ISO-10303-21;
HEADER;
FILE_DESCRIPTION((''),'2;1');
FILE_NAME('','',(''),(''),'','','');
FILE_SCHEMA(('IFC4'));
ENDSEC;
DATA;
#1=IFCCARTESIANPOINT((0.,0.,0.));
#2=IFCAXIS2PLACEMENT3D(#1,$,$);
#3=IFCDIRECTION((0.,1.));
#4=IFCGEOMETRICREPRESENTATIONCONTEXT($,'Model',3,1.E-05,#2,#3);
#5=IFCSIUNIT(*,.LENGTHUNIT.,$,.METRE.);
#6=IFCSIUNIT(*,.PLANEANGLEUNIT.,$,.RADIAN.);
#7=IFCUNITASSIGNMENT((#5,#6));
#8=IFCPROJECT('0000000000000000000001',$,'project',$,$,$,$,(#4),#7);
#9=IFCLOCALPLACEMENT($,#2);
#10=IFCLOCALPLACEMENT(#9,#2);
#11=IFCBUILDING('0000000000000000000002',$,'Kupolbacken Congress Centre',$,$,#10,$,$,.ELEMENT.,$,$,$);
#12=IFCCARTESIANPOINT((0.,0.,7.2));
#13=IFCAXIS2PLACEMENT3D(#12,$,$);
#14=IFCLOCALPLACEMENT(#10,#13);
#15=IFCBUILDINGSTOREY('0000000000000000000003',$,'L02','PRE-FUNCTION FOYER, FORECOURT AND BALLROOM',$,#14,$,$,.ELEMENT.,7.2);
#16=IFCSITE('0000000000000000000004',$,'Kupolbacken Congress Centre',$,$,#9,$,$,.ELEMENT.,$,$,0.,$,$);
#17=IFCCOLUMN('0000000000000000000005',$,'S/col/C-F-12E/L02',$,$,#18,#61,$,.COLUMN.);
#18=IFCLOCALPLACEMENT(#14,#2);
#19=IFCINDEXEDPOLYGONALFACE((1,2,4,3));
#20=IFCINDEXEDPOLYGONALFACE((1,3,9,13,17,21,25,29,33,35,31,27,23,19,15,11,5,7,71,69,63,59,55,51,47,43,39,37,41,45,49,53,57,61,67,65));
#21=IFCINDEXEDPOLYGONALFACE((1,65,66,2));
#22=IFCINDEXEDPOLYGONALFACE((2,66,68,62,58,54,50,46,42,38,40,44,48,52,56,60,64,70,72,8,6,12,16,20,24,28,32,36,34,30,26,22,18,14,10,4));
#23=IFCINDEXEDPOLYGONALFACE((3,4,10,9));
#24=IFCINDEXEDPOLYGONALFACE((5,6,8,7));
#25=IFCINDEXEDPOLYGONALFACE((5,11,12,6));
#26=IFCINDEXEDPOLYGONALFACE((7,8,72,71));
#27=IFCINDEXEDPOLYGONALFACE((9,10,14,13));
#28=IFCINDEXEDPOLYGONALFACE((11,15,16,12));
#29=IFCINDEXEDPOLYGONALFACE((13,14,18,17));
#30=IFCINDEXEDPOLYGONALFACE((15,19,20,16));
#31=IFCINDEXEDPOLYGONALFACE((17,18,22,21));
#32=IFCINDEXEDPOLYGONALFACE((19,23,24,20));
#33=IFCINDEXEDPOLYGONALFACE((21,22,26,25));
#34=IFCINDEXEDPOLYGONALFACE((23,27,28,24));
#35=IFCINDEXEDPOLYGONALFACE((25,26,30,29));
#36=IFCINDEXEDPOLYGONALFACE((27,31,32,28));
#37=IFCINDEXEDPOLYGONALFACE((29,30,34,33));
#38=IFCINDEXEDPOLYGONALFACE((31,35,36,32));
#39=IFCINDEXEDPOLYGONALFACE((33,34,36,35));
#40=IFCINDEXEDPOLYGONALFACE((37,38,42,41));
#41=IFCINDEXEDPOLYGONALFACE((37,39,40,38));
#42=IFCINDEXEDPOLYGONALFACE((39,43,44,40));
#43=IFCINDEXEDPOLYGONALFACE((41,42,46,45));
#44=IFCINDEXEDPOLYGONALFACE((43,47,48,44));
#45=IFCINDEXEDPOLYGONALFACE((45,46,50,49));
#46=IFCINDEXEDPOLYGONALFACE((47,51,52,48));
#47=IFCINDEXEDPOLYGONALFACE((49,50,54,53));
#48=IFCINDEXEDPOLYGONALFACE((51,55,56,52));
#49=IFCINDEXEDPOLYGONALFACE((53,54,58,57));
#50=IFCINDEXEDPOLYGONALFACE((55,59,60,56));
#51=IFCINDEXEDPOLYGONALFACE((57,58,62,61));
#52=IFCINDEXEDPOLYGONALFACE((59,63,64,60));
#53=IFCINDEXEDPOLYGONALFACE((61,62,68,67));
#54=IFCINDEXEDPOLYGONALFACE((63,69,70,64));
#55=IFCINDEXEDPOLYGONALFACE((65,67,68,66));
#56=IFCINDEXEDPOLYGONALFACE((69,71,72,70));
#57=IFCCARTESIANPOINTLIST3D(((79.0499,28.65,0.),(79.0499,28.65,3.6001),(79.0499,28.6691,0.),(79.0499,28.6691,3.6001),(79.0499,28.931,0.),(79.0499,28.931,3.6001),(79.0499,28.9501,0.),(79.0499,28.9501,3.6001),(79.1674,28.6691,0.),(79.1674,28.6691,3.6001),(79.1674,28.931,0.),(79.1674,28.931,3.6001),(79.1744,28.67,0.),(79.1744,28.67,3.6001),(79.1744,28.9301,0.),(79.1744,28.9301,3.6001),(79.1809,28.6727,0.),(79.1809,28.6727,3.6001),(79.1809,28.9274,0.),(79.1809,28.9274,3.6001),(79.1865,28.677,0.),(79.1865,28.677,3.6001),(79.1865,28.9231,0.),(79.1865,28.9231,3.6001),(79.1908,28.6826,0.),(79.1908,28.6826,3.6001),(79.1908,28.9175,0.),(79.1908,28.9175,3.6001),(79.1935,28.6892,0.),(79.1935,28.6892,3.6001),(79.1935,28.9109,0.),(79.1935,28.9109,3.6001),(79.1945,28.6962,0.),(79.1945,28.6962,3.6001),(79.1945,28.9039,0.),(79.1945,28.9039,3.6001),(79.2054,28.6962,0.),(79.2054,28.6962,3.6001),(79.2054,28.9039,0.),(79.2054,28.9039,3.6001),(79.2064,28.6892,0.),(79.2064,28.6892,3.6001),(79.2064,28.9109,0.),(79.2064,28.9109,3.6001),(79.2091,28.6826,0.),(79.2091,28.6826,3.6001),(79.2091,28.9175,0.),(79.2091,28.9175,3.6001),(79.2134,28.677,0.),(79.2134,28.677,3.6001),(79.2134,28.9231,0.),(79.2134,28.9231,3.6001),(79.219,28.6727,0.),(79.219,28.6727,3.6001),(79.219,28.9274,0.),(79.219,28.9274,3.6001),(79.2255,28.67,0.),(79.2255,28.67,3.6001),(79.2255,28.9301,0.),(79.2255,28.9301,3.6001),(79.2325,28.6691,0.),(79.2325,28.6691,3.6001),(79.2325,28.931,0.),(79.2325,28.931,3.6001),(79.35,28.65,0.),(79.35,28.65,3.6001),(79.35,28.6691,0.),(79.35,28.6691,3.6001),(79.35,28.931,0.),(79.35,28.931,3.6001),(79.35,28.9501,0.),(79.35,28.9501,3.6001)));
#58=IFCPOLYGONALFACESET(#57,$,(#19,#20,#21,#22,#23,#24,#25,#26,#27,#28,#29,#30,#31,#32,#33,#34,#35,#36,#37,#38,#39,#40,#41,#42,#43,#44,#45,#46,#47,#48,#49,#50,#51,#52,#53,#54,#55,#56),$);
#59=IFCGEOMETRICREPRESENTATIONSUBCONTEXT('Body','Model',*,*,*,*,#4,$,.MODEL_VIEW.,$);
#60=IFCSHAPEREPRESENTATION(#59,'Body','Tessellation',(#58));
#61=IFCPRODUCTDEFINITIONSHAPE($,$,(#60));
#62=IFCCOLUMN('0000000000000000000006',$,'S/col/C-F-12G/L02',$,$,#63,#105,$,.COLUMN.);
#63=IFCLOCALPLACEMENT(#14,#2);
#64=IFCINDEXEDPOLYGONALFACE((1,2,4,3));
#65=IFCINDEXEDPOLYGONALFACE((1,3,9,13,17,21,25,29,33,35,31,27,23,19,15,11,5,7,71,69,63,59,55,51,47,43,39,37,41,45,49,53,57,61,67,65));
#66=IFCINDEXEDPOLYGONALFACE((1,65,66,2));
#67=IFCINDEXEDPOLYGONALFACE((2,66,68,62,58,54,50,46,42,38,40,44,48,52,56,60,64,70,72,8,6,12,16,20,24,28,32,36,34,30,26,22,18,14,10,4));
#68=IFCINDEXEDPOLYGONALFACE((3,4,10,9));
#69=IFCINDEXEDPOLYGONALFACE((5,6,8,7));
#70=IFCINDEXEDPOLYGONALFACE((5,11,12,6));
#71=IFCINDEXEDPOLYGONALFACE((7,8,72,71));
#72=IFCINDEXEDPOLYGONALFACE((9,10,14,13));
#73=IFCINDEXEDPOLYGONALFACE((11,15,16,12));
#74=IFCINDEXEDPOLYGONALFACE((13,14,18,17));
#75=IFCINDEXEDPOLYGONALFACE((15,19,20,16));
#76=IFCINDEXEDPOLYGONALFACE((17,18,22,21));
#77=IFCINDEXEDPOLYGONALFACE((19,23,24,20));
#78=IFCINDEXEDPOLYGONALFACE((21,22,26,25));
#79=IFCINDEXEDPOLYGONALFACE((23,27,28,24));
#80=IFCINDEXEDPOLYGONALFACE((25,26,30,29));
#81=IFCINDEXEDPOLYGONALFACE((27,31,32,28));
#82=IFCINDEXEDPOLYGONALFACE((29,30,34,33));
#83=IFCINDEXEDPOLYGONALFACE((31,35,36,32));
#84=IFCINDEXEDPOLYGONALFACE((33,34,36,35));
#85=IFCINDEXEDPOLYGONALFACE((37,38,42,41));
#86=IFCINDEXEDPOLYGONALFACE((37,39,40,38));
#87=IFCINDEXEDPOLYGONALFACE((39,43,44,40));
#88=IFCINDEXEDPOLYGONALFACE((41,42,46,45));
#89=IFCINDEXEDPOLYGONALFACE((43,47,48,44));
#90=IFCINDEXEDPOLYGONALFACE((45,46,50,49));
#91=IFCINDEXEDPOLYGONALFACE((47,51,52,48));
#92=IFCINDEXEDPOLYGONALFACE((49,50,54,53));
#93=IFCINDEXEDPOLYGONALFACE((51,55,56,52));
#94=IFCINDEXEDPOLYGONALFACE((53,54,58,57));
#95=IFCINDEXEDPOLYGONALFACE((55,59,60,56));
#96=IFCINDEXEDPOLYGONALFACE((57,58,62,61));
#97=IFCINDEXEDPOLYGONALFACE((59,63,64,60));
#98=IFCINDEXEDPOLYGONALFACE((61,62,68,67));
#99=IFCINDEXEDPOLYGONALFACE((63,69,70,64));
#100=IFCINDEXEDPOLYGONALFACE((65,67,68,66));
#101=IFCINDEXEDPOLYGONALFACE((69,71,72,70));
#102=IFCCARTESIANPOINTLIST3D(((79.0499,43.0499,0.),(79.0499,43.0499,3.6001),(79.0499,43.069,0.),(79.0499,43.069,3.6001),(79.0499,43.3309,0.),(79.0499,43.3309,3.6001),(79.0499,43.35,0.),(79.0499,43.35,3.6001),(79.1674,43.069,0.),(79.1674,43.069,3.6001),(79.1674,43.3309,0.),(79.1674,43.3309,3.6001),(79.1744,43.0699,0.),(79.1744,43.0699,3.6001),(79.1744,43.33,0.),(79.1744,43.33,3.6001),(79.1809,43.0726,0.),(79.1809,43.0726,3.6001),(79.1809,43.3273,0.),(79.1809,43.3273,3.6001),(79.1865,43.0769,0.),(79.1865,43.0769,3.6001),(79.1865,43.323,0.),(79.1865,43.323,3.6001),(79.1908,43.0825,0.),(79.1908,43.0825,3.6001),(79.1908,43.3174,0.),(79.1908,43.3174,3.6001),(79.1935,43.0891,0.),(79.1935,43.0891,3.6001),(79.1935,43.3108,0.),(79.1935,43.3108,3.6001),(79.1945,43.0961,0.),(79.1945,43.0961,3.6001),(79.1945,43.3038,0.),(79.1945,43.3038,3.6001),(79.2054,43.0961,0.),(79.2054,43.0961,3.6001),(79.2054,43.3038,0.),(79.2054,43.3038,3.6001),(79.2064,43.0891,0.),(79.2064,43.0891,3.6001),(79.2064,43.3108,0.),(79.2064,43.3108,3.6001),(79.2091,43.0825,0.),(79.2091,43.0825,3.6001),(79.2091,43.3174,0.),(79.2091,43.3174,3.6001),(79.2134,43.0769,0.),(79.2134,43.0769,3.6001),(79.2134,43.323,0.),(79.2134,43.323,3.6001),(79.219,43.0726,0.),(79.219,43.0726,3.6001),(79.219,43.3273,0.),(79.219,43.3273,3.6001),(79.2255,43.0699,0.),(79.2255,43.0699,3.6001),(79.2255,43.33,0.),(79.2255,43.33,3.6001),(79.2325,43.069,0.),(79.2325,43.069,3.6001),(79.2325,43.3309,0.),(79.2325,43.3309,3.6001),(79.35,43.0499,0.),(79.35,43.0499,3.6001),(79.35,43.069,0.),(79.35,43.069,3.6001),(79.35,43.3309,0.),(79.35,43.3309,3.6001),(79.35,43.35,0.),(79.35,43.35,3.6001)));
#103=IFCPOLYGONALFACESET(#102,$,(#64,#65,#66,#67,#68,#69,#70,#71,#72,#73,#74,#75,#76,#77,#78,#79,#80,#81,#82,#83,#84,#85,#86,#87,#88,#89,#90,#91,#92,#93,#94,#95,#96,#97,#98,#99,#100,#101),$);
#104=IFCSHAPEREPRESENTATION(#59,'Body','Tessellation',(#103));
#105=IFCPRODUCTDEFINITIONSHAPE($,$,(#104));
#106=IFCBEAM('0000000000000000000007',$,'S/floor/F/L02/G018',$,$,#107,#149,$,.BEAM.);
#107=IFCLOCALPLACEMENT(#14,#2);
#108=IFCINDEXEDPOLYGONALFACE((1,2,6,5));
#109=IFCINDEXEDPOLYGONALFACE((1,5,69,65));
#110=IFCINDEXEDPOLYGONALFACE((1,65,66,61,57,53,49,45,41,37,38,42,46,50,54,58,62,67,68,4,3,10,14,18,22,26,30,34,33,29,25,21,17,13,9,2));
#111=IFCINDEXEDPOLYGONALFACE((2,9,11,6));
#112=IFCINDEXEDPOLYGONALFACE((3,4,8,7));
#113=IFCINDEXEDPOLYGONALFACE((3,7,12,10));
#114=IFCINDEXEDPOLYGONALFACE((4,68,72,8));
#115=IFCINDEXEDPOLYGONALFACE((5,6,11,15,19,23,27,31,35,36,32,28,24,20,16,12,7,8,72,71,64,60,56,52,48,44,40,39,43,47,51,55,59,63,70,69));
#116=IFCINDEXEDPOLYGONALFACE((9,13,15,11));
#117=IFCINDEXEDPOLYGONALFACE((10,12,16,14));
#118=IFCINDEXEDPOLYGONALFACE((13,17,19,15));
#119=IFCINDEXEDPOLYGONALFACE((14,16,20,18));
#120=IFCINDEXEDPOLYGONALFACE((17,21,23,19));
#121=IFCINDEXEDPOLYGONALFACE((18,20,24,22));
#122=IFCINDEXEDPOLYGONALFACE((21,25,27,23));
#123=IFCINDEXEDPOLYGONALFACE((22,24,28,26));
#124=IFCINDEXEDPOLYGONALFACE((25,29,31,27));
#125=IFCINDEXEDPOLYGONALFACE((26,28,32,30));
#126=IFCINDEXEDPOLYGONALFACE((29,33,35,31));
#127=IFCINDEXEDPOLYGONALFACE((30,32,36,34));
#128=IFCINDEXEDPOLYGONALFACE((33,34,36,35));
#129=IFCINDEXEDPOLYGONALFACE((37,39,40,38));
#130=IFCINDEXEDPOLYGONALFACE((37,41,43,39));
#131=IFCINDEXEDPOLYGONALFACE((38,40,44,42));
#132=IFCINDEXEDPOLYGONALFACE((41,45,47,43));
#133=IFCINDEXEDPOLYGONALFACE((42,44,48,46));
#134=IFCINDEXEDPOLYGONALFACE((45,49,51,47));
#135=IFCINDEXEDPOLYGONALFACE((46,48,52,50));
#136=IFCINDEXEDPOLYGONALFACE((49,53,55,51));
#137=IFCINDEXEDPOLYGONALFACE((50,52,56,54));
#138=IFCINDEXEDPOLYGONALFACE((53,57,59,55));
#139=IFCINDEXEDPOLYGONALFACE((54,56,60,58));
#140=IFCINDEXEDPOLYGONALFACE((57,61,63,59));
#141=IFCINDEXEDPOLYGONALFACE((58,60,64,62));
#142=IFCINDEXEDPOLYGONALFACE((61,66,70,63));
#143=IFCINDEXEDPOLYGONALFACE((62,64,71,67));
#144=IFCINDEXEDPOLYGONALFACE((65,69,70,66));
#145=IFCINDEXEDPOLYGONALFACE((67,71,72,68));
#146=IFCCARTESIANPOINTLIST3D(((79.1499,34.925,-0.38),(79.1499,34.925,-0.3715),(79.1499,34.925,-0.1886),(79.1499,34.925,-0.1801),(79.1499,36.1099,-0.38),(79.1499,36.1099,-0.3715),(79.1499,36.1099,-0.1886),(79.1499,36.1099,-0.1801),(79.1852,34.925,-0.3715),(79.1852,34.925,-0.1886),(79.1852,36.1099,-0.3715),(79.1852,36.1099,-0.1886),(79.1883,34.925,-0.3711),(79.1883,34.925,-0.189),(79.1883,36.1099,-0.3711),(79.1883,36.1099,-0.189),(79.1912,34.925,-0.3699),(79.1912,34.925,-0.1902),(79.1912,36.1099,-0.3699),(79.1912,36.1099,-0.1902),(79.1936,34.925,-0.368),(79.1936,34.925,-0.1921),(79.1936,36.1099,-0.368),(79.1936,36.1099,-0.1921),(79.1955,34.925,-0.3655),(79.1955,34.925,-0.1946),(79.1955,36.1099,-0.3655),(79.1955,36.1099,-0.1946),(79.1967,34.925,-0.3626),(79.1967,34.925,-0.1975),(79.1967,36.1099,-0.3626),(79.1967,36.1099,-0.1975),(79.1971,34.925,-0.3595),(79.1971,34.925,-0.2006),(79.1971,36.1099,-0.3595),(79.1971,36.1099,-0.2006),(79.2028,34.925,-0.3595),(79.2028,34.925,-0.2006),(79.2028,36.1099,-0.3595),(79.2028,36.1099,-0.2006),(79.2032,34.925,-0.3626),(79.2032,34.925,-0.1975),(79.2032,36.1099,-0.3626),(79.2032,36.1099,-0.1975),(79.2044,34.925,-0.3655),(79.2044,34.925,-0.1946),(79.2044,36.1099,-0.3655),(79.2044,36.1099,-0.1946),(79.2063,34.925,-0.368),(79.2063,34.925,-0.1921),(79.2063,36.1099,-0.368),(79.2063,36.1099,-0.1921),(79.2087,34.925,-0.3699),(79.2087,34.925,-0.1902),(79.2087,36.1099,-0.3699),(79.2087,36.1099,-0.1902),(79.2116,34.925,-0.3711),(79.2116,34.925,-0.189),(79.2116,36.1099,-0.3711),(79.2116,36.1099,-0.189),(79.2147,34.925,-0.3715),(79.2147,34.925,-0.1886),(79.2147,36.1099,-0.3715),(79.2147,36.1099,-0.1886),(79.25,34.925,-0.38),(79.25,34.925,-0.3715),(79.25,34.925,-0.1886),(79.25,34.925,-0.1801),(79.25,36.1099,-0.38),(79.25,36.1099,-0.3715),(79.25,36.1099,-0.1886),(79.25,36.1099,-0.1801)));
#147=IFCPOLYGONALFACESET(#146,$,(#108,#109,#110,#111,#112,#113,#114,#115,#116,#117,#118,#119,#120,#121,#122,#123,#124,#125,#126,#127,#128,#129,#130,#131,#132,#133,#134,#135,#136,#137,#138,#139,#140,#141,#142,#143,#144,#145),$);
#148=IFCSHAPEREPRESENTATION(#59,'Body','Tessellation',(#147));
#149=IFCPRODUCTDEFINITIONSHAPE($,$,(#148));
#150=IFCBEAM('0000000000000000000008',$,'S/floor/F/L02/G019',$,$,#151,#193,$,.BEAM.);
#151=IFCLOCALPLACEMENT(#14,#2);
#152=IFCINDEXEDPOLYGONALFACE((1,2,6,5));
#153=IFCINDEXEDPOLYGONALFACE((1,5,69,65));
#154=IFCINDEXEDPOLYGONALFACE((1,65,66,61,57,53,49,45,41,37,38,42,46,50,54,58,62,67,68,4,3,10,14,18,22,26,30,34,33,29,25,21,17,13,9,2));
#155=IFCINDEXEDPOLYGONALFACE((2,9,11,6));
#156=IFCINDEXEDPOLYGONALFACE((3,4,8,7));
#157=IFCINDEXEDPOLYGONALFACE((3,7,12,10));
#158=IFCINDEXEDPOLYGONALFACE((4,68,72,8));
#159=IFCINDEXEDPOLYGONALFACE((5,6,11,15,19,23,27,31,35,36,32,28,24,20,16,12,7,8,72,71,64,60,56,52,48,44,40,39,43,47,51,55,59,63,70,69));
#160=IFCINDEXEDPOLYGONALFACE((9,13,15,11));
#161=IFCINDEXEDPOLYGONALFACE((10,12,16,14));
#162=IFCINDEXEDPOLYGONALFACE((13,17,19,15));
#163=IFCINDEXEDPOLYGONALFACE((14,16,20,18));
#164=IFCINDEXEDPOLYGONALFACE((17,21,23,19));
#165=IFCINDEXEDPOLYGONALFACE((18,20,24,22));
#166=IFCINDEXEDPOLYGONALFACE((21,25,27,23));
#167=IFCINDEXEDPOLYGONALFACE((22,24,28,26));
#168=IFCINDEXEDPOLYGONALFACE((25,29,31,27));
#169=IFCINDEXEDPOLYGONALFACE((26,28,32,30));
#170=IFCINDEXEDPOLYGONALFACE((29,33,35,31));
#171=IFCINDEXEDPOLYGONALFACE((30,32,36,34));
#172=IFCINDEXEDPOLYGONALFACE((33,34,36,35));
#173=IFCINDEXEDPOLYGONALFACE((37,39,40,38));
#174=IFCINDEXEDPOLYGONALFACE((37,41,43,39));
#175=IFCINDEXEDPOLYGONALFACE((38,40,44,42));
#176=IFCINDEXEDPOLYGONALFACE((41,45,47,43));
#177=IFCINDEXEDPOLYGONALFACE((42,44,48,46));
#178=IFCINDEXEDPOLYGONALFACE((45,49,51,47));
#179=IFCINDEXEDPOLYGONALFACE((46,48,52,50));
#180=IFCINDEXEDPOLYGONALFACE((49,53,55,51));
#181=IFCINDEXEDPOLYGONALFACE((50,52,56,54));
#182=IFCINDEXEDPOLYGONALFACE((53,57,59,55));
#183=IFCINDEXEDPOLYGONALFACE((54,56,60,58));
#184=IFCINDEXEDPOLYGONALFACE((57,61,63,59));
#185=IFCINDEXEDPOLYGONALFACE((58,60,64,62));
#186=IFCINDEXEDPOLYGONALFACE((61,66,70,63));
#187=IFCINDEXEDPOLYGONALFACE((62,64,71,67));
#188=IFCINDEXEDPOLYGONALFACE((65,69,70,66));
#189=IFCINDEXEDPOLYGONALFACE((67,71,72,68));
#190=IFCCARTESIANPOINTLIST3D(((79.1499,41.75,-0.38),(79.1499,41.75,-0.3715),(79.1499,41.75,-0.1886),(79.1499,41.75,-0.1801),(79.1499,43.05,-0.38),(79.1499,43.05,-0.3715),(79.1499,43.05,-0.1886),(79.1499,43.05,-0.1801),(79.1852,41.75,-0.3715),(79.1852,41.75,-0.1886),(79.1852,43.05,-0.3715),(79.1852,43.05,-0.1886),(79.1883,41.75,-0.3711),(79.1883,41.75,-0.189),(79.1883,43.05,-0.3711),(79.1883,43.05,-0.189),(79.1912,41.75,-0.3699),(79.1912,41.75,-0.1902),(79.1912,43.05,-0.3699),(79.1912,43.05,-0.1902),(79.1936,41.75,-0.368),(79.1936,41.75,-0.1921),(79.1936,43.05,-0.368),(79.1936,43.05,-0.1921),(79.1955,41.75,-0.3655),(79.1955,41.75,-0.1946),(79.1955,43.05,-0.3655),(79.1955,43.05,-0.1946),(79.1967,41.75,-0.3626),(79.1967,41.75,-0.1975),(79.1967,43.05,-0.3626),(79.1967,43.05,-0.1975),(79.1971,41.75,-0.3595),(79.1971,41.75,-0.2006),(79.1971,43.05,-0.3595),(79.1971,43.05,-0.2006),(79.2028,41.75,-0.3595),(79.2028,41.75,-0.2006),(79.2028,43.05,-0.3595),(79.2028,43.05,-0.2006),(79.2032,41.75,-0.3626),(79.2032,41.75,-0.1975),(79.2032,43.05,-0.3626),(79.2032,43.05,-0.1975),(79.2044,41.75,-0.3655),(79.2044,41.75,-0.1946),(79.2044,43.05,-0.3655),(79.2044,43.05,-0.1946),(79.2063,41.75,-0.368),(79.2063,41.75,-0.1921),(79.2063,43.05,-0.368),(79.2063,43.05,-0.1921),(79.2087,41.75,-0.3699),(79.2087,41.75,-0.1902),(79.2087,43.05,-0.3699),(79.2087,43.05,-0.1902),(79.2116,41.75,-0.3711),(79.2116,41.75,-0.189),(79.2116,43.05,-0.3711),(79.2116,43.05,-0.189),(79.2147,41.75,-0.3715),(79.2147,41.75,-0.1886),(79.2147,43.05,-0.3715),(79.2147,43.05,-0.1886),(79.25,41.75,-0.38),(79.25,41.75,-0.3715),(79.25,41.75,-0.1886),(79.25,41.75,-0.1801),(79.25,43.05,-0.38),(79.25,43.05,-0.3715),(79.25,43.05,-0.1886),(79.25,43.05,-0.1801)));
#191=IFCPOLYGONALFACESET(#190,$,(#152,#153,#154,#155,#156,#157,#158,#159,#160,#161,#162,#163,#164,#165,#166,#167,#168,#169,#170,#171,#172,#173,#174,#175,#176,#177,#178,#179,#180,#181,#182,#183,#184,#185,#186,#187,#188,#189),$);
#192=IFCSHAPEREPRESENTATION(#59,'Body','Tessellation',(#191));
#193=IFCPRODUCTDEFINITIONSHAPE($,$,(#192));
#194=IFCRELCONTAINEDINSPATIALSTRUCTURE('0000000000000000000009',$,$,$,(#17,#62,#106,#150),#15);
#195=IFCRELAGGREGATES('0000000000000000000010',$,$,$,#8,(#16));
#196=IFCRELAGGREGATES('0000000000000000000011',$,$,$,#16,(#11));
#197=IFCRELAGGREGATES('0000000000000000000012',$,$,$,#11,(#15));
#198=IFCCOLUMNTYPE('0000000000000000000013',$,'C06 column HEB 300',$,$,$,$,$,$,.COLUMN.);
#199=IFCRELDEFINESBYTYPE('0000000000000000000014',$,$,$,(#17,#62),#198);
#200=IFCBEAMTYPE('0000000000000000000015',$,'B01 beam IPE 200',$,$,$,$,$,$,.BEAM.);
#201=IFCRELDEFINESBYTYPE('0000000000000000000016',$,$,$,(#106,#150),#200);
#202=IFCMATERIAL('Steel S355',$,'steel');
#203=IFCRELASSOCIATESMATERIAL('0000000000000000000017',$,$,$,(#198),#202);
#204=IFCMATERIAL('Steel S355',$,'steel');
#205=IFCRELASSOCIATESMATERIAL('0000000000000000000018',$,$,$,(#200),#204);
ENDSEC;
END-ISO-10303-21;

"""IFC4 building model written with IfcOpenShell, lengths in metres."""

from ifc_helpers import new_model, si_unit, direction, frame, origin, origin_2d, place, context, subcontext, project, spatial, i_section, extrude, material, material_profile, profile_set, type_object, element, save


model = new_model("IFC4")

# Units and contexts
model_context = context("Model", 3, precision=1e-05, world=origin(), true_north=direction((0.0, 1.0)))
body_context = subcontext(model_context, "Body", "Model", "MODEL_VIEW")
ifc_project = project(units=[si_unit("LENGTHUNIT", "METRE"), si_unit("PLANEANGLEUNIT", "RADIAN")], contexts=[model_context])

# Site, building, storey
site_placement = place(None, origin())
site = spatial("IfcSite", under=ifc_project, at=site_placement, Name="Kupolbacken Congress Centre", CompositionType="ELEMENT", RefElevation=0.0)
building_placement = place(site_placement, origin())
building = spatial("IfcBuilding", under=site, at=building_placement, Name="Kupolbacken Congress Centre", CompositionType="ELEMENT")
storey_placement = place(building_placement, frame((0.0, 0.0, 7.2)))
storey = spatial("IfcBuildingStorey", under=building, at=storey_placement, Name="L02", Description="PRE-FUNCTION FOYER, FORECOURT AND BALLROOM", CompositionType="ELEMENT", Elevation=7.2)

# Columns
ifc_material_1 = material(Name="Steel S355", Category="steel")
ifc_material_profile_1 = material_profile(ifc_material_1, i_section(OverallWidth=0.3, OverallDepth=0.3, WebThickness=0.011, FlangeThickness=0.019, FilletRadius=0.0271, at=origin_2d()), Name="HEB 300")
ifc_profile_set_1 = profile_set([ifc_material_profile_1], Name="Steel S355")
column_type = type_object("IfcColumnType", Name="C06 column HEB 300", PredefinedType="COLUMN", material=ifc_profile_set_1)
for number, where, z_axis, x_axis, name in (
    (1, (79.2, 28.8, 0.0), (0.0, 0.0, 1.0), (1.0, 0.0, 0.0), "S/col/C-F-12E/L02"),
    (2, (79.2, 43.2, 0.0), (0.0, 0.0, 1.0), (1.0, 0.0, 0.0), "S/col/C-F-12G/L02"),
):
    element("IfcColumn", number, at=place(storey_placement, frame(where, z_axis=z_axis, x_axis=x_axis)), inside=storey, type_object=column_type, Name=name, PredefinedType="COLUMN", context=body_context, shape_type="SweptSolid", body=[
        extrude(i_section(OverallWidth=0.3, OverallDepth=0.3, WebThickness=0.011, FlangeThickness=0.019, FilletRadius=0.0271, at=origin_2d()), origin(), (0.0, 0.0, 1.0), 3.6001),
    ])

# Beams
ifc_material_2 = material(Name="Steel S355", Category="steel")
ifc_material_profile_2 = material_profile(ifc_material_2, i_section(OverallWidth=0.1001, OverallDepth=0.2, WebThickness=0.0056, FlangeThickness=0.0085, FilletRadius=0.012, at=origin_2d()), Name="IPE 200")
ifc_profile_set_2 = profile_set([ifc_material_profile_2], Name="Steel S355")
beam_type_1 = type_object("IfcBeamType", Name="B01 beam IPE 200", PredefinedType="BEAM", material=ifc_profile_set_2)
beam_1_placement = place(storey_placement, frame((79.2, 34.925, -0.28), z_axis=(0.0, 1.0, 0.0), x_axis=(-1.0, 0.0, 0.0)))
element("IfcBeam", 3, at=beam_1_placement, inside=storey, type_object=beam_type_1, Name="S/floor/F/L02/G018", PredefinedType="BEAM", context=body_context, shape_type="SweptSolid", body=[
    extrude(i_section(OverallWidth=0.1001, OverallDepth=0.2, WebThickness=0.0056, FlangeThickness=0.0085, FilletRadius=0.012, at=origin_2d()), origin(), (0.0, 0.0, 1.0), 1.1848),
])
beam_2_placement = place(storey_placement, frame((79.2, 41.75, -0.28), z_axis=(0.0, 1.0, 0.0), x_axis=(-1.0, 0.0, 0.0)))
element("IfcBeam", 4, at=beam_2_placement, inside=storey, type_object=beam_type_1, Name="S/floor/F/L02/G019", PredefinedType="BEAM", context=body_context, shape_type="SweptSolid", body=[
    extrude(i_section(OverallWidth=0.1001, OverallDepth=0.2, WebThickness=0.0056, FlangeThickness=0.0085, FilletRadius=0.012, at=origin_2d()), origin(), (0.0, 0.0, 1.0), 1.3),
])

save(model, "model.ifc")
